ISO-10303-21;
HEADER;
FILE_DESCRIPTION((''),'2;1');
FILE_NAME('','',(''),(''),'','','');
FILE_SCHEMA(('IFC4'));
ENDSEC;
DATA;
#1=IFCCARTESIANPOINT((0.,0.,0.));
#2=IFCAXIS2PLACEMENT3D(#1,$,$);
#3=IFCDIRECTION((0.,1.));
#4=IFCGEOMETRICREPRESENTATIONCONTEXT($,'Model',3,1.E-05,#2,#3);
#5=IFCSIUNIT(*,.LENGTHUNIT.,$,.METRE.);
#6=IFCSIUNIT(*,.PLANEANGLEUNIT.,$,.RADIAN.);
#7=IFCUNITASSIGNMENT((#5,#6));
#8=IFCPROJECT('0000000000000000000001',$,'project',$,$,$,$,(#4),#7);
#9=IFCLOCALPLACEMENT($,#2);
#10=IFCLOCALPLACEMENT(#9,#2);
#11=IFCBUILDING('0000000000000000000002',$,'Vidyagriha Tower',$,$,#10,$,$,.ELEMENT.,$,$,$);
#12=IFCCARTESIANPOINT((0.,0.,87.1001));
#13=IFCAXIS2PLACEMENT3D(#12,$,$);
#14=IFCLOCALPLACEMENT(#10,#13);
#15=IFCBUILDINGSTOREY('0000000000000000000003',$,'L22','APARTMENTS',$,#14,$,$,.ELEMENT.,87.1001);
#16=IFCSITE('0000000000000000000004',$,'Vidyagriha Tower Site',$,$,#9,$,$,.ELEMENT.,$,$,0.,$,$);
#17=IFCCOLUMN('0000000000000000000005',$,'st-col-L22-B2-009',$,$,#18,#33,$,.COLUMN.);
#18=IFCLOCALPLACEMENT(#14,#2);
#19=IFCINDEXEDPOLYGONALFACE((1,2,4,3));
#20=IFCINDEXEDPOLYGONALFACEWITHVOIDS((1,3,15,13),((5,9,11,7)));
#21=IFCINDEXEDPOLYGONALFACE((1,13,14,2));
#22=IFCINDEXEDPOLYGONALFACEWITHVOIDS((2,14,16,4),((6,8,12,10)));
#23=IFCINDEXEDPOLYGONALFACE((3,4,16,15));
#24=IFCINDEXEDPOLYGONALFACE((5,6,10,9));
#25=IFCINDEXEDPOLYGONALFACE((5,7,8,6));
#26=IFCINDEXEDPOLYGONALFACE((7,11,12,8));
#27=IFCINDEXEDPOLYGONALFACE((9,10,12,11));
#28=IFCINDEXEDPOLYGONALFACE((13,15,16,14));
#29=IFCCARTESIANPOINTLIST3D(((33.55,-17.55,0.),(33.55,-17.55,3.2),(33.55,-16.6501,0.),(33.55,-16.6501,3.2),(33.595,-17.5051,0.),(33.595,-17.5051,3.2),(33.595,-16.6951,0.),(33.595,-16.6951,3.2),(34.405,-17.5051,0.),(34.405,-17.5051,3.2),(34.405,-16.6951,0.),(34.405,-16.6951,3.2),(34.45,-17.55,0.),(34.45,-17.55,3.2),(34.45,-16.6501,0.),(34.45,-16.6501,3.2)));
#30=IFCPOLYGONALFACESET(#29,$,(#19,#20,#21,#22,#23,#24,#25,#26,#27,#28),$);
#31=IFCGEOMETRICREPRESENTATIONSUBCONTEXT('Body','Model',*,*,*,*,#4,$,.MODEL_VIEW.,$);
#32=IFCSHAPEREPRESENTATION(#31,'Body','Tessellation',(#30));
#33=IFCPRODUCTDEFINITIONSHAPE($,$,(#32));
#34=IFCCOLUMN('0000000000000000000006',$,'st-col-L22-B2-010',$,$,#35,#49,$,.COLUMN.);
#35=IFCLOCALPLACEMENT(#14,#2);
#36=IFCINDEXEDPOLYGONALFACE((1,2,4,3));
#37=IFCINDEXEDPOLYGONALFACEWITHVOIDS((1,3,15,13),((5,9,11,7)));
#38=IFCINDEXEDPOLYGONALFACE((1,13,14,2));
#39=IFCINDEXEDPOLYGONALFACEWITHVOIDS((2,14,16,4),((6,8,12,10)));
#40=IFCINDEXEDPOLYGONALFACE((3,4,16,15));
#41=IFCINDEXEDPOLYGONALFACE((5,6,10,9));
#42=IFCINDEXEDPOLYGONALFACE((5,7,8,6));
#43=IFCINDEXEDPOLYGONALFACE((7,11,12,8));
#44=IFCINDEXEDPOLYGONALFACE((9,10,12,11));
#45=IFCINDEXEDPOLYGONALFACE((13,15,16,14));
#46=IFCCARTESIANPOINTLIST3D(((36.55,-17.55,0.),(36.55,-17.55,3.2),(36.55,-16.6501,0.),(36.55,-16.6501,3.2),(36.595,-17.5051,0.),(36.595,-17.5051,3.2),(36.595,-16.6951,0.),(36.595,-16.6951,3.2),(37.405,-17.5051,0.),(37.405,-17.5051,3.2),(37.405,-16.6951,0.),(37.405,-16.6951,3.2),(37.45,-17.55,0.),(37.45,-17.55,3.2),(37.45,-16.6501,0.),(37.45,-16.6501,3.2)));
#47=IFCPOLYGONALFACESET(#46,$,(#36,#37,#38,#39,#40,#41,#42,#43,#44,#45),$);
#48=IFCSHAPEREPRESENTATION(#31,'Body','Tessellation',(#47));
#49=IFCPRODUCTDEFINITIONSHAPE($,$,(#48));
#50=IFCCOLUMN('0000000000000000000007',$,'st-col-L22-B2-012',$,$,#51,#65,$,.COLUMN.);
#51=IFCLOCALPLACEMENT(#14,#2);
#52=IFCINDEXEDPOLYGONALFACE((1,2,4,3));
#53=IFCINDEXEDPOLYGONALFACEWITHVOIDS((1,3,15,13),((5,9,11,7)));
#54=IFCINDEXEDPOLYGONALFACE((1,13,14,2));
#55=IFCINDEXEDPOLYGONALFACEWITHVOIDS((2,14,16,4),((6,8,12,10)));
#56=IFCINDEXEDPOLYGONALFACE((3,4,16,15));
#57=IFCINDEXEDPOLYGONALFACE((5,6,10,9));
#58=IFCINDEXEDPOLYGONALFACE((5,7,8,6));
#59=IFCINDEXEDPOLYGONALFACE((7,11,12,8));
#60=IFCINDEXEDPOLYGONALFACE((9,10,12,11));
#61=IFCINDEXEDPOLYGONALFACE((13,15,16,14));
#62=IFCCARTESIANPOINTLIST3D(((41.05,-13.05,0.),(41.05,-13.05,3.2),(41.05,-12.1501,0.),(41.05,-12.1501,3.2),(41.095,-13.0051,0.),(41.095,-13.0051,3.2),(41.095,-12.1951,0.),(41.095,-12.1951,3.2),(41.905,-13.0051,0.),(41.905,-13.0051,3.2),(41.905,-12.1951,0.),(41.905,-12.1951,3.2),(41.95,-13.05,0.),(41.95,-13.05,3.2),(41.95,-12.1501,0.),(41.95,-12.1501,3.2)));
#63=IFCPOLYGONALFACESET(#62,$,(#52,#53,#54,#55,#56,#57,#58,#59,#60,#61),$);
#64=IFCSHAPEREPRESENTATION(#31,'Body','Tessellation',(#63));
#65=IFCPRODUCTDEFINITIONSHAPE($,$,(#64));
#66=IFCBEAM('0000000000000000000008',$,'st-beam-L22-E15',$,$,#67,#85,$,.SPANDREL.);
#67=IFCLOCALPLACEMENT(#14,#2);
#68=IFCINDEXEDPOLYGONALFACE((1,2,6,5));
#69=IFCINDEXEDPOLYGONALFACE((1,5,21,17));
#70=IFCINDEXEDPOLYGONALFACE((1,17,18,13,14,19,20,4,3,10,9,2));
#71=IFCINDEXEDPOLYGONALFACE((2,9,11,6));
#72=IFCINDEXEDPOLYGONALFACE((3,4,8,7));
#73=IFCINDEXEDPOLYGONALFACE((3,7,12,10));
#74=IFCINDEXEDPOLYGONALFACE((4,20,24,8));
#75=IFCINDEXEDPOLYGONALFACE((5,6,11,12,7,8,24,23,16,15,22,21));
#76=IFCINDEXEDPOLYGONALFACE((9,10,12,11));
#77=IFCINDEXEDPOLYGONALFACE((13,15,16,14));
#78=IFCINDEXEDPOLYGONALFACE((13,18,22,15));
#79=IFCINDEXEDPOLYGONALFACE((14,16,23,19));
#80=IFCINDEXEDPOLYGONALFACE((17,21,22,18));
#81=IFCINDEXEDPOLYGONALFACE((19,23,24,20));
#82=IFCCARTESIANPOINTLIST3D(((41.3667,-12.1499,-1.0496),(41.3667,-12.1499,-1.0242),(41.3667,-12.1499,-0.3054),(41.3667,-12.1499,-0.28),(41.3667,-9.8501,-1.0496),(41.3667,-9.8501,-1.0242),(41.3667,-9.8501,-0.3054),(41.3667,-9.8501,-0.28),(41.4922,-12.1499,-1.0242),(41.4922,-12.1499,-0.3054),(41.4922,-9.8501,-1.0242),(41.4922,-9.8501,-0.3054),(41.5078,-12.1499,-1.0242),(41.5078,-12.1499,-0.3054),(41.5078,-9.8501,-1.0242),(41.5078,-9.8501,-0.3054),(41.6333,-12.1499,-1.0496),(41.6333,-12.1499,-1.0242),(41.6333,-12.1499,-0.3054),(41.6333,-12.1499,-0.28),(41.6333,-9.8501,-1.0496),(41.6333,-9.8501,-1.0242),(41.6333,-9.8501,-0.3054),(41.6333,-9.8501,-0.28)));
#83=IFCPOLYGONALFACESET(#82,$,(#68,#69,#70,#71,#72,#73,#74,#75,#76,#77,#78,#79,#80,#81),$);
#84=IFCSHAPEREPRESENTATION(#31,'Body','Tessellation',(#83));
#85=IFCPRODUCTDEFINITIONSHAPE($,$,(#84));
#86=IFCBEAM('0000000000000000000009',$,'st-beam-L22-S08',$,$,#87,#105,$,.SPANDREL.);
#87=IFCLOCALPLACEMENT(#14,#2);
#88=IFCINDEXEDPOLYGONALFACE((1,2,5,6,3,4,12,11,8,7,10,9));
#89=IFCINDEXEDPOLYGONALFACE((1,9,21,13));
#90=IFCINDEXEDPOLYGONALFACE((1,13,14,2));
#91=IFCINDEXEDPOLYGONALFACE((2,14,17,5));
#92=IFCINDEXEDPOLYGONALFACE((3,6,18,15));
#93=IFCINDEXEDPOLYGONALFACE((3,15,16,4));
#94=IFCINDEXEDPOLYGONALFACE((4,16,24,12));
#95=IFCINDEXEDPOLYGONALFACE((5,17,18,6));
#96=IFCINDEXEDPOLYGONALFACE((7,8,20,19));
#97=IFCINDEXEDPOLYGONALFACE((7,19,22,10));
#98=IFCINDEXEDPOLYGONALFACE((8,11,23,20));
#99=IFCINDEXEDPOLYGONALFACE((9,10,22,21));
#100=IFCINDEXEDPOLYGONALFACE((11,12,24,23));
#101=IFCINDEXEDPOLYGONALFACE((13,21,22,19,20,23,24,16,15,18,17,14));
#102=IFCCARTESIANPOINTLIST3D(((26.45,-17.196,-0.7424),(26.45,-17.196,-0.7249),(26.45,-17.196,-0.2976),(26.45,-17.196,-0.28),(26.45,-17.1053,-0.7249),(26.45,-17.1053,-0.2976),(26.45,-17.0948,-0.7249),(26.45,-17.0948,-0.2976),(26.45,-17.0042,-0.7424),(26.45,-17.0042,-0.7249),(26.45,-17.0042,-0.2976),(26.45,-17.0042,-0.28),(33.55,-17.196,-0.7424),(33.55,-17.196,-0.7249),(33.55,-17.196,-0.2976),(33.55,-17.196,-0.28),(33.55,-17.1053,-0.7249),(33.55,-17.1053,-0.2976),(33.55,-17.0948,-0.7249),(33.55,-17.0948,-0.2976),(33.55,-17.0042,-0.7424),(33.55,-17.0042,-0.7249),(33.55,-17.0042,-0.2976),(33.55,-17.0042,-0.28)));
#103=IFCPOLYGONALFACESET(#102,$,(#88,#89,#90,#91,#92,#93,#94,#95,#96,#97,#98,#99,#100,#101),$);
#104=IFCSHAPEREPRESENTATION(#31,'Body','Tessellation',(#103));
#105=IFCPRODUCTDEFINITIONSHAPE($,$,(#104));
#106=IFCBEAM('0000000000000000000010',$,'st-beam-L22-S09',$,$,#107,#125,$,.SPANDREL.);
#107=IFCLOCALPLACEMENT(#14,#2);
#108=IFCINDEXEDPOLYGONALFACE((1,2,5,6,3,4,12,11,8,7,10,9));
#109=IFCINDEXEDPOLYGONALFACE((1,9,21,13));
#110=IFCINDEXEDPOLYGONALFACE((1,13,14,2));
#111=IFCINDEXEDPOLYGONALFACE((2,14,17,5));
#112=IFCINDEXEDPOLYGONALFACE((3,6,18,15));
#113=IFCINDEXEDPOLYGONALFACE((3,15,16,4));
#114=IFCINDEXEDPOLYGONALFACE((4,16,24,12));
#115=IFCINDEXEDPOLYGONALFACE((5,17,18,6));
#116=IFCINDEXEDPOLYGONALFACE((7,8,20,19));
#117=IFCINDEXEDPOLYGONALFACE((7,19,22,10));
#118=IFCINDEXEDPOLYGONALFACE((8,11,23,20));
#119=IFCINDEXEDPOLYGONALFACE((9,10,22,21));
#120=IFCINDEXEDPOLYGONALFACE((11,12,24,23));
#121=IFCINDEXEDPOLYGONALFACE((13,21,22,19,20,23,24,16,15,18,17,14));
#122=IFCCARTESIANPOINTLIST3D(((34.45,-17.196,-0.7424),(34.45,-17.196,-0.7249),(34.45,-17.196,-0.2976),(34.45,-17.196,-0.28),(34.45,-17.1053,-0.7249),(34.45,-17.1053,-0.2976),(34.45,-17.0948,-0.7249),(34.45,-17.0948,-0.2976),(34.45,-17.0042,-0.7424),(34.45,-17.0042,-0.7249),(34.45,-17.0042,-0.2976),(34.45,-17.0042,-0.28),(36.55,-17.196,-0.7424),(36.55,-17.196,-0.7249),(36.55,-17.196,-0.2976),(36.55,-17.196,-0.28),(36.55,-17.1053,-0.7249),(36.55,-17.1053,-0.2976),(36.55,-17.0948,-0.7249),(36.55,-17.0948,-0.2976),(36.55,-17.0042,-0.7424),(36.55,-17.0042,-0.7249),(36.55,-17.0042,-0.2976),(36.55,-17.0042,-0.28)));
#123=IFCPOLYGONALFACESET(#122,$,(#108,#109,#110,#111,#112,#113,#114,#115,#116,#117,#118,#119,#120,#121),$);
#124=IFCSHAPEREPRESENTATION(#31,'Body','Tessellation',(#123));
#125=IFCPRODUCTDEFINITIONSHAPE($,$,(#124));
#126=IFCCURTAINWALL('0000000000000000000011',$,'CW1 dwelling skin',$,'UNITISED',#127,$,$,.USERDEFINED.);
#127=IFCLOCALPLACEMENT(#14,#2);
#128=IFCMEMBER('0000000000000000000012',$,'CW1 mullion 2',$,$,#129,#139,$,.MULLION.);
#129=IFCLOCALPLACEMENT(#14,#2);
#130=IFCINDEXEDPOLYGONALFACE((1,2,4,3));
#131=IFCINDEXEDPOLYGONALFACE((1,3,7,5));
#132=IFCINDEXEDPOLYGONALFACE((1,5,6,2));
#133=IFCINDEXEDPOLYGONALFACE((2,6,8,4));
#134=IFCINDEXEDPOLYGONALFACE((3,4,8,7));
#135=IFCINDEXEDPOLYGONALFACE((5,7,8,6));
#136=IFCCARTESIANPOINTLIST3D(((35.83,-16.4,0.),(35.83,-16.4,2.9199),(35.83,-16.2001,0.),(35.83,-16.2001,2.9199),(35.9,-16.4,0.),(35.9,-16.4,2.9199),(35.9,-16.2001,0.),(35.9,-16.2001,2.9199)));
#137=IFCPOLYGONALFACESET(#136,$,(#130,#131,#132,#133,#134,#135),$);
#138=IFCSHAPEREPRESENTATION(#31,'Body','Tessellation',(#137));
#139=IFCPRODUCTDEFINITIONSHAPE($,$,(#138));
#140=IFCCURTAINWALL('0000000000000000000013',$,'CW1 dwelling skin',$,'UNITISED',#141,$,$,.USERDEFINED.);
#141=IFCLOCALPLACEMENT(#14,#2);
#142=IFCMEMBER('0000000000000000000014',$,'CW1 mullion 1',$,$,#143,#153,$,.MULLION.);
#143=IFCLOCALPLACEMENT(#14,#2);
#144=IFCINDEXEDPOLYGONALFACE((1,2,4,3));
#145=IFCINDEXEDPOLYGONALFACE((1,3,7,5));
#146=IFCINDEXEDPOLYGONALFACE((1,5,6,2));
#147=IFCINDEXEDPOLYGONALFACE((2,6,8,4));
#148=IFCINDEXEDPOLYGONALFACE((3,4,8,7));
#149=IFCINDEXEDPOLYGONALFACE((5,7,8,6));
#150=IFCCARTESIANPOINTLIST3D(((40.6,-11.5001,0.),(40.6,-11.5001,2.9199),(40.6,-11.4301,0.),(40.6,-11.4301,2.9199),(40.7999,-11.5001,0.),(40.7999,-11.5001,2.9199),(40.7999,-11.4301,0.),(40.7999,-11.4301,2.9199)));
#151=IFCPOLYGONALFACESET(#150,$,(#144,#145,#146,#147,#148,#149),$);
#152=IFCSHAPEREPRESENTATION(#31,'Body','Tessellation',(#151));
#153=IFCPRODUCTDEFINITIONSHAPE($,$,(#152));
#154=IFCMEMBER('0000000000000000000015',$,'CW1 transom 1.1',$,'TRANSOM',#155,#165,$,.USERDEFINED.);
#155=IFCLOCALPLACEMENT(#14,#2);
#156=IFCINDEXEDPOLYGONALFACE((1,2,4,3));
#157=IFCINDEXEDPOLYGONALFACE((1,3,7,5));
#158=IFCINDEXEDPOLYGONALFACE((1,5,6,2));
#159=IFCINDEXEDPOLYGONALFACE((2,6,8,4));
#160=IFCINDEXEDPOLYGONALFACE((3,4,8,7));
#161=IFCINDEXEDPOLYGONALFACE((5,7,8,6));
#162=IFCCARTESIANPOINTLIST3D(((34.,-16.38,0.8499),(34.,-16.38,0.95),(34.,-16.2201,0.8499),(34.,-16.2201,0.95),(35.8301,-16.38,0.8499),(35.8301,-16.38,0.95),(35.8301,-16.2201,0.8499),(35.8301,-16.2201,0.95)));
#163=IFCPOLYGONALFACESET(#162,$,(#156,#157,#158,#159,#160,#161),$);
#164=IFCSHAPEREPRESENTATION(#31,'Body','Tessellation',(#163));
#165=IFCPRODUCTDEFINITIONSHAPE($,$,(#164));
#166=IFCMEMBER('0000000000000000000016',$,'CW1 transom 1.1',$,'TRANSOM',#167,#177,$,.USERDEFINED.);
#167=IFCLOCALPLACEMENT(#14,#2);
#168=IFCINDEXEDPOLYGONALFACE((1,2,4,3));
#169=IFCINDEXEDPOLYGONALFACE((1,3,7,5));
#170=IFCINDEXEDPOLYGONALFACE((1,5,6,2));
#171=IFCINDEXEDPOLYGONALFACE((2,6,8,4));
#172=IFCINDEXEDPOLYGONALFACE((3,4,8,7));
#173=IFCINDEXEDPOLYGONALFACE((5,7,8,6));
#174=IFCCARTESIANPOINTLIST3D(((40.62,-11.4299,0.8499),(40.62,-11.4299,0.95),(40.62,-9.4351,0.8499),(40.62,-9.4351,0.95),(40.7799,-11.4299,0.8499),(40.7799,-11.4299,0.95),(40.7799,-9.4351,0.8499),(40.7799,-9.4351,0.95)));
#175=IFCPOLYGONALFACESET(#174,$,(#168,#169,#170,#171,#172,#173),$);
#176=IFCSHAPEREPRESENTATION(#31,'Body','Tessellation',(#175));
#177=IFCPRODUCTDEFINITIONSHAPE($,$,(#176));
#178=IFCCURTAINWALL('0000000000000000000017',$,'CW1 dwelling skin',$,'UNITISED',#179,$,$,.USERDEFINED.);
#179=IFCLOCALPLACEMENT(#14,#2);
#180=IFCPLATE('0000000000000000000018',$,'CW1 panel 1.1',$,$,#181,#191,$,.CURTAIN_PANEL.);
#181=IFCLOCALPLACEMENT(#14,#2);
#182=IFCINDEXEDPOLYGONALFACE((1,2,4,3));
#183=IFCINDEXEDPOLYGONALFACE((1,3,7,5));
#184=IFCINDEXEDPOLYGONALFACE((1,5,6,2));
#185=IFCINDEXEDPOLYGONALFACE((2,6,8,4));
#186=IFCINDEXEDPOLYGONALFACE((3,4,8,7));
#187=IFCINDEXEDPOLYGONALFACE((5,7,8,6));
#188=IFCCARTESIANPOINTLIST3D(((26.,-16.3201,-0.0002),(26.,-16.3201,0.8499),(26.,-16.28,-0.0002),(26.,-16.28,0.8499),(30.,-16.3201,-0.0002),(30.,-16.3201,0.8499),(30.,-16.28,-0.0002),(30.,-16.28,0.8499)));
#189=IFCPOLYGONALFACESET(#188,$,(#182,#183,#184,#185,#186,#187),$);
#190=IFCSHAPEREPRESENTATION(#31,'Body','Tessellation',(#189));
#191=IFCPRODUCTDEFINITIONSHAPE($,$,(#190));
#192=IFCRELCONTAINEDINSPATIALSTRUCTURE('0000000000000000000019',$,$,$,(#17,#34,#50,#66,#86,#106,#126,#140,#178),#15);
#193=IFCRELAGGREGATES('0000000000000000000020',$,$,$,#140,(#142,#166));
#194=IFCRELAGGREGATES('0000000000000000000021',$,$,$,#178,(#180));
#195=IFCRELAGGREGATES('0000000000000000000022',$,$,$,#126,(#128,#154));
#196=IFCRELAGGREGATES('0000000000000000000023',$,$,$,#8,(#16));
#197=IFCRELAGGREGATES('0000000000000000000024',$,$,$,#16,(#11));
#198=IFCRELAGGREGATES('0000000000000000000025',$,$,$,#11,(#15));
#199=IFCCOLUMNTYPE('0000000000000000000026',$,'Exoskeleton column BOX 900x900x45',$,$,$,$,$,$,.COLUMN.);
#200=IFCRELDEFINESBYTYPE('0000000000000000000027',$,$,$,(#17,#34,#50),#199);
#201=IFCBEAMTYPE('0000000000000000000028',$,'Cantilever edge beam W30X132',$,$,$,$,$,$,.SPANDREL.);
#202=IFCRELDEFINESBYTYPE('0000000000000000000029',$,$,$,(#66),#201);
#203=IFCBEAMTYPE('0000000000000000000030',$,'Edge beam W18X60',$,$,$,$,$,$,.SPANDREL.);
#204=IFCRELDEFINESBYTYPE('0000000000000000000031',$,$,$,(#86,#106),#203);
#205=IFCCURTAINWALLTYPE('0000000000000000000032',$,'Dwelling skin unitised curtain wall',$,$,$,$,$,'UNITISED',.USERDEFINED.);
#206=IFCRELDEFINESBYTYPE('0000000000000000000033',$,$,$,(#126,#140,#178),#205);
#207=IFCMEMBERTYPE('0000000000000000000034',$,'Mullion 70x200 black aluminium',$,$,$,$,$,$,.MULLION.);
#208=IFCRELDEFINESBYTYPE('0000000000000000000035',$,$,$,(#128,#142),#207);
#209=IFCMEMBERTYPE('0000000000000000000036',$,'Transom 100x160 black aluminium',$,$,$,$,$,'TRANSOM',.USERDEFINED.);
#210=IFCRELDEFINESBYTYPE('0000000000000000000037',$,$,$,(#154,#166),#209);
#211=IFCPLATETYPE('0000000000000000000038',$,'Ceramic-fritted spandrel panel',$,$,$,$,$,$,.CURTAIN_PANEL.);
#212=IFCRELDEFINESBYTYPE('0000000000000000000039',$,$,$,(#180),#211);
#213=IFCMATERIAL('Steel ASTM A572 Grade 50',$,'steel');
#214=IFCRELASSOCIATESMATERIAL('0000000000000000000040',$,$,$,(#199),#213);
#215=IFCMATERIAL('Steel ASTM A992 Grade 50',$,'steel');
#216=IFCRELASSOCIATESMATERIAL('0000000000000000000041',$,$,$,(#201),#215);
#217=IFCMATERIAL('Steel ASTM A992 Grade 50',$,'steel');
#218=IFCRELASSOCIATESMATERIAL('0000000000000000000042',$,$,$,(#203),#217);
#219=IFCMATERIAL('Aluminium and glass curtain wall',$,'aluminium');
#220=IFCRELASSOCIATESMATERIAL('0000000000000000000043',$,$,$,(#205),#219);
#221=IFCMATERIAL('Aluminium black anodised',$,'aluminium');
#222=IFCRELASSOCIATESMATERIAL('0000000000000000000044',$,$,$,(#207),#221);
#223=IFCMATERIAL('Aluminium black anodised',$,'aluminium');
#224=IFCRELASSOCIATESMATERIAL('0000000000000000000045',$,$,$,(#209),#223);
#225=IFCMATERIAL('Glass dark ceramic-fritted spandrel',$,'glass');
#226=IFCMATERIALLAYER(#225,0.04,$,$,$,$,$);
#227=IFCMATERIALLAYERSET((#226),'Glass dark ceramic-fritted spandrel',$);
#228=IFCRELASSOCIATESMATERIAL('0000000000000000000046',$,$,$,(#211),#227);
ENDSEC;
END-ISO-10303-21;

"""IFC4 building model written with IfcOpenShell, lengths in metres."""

from ifc_helpers import new_model, si_unit, direction, frame, origin, origin_2d, place, context, subcontext, project, spatial, rectangle, hollow_rectangle, i_section, extrude, material, layer, layer_set, material_profile, profile_set, type_object, element, aggregate, save


model = new_model("IFC4")

# Units and contexts
model_context = context("Model", 3, precision=1e-05, world=origin(), true_north=direction((0.0, 1.0)))
body_context = subcontext(model_context, "Body", "Model", "MODEL_VIEW")
ifc_project = project(units=[si_unit("LENGTHUNIT", "METRE"), si_unit("PLANEANGLEUNIT", "RADIAN")], contexts=[model_context])

# Site, building, storey
site_placement = place(None, origin())
site = spatial("IfcSite", under=ifc_project, at=site_placement, Name="Vidyagriha Tower Site", CompositionType="ELEMENT", RefElevation=0.0)
building_placement = place(site_placement, origin())
building = spatial("IfcBuilding", under=site, at=building_placement, Name="Vidyagriha Tower", CompositionType="ELEMENT")
storey_placement = place(building_placement, frame((0.0, 0.0, 87.1001)))
storey = spatial("IfcBuildingStorey", under=building, at=storey_placement, Name="L22", Description="APARTMENTS", CompositionType="ELEMENT", Elevation=87.1001)

# Columns
ifc_material_1 = material(Name="Steel ASTM A572 Grade 50", Category="steel")
ifc_material_profile_1 = material_profile(ifc_material_1, hollow_rectangle(XDim=0.8999, YDim=0.8999, WallThickness=0.0449, at=origin_2d()), Name="BOX 900x900x45")
ifc_profile_set_1 = profile_set([ifc_material_profile_1], Name="Steel ASTM A572 Grade 50")
column_type = type_object("IfcColumnType", Name="Exoskeleton column BOX 900x900x45", PredefinedType="COLUMN", material=ifc_profile_set_1)
for number, where, name in (
    (1, (34.0, -17.1001, 0.0), "st-col-L22-B2-009"),
    (2, (37.0, -17.1001, 0.0), "st-col-L22-B2-010"),
    (3, (41.5, -12.6001, 0.0), "st-col-L22-B2-012"),
):
    element("IfcColumn", number, at=place(storey_placement, frame(where)), inside=storey, type_object=column_type, Name=name, PredefinedType="COLUMN", context=body_context, shape_type="SweptSolid", body=[
        extrude(hollow_rectangle(XDim=0.8999, YDim=0.8999, WallThickness=0.0449, at=origin_2d()), origin(), (0.0, 0.0, 1.0), 3.2),
    ])

# Beams
ifc_material_2 = material(Name="Steel ASTM A992 Grade 50", Category="steel")
ifc_material_profile_2 = material_profile(ifc_material_2, i_section(OverallWidth=0.2666, OverallDepth=0.7695, WebThickness=0.0156, FlangeThickness=0.0254, at=origin_2d()), Name="W30X132")
ifc_profile_set_2 = profile_set([ifc_material_profile_2], Name="Steel ASTM A992 Grade 50")
beam_type_1 = type_object("IfcBeamType", Name="Cantilever edge beam W30X132", PredefinedType="SPANDREL", material=ifc_profile_set_2)
beam_1_placement = place(storey_placement, frame((41.5, -12.1499, -0.6648), z_axis=(0.0, 1.0, 0.0), x_axis=(-1.0, 0.0, 0.0)))
element("IfcBeam", 4, at=beam_1_placement, inside=storey, type_object=beam_type_1, Name="st-beam-L22-E15", PredefinedType="SPANDREL", context=body_context, shape_type="SweptSolid", body=[
    extrude(i_section(OverallWidth=0.2666, OverallDepth=0.7695, WebThickness=0.0156, FlangeThickness=0.0254, at=origin_2d()), origin(), (0.0, 0.0, 1.0), 2.2998),
])
ifc_material_3 = material(Name="Steel ASTM A992 Grade 50", Category="steel")
ifc_material_profile_3 = material_profile(ifc_material_3, i_section(OverallWidth=0.1919, OverallDepth=0.4624, WebThickness=0.0105, FlangeThickness=0.0176, at=origin_2d()), Name="W18X60")
ifc_profile_set_3 = profile_set([ifc_material_profile_3], Name="Steel ASTM A992 Grade 50")
beam_type_2 = type_object("IfcBeamType", Name="Edge beam W18X60", PredefinedType="SPANDREL", material=ifc_profile_set_3)
beam_2_placement = place(storey_placement, frame((26.45, -17.1001, -0.5112), z_axis=(1.0, 0.0, 0.0), x_axis=(0.0, 1.0, 0.0)))
element("IfcBeam", 5, at=beam_2_placement, inside=storey, type_object=beam_type_2, Name="st-beam-L22-S08", PredefinedType="SPANDREL", context=body_context, shape_type="SweptSolid", body=[
    extrude(i_section(OverallWidth=0.1919, OverallDepth=0.4624, WebThickness=0.0105, FlangeThickness=0.0176, at=origin_2d()), origin(), (0.0, 0.0, 1.0), 7.1001),
])
beam_3_placement = place(storey_placement, frame((34.45, -17.1001, -0.5112), z_axis=(1.0, 0.0, 0.0), x_axis=(0.0, 1.0, 0.0)))
element("IfcBeam", 6, at=beam_3_placement, inside=storey, type_object=beam_type_2, Name="st-beam-L22-S09", PredefinedType="SPANDREL", context=body_context, shape_type="SweptSolid", body=[
    extrude(i_section(OverallWidth=0.1919, OverallDepth=0.4624, WebThickness=0.0105, FlangeThickness=0.0176, at=origin_2d()), origin(), (0.0, 0.0, 1.0), 2.1001),
])

# Curtain walls, members
ifc_material_4 = material(Name="Aluminium and glass curtain wall", Category="aluminium")
curtain_wall_type = type_object("IfcCurtainWallType", Name="Dwelling skin unitised curtain wall", ElementType="UNITISED", PredefinedType="USERDEFINED", material=ifc_material_4)
curtain_wall_1_placement = place(storey_placement, origin())
curtain_wall_1 = element("IfcCurtainWall", 7, at=curtain_wall_1_placement, inside=storey, type_object=curtain_wall_type, Name="CW1 dwelling skin", ObjectType="UNITISED", PredefinedType="USERDEFINED")
ifc_material_5 = material(Name="Aluminium black anodised", Category="aluminium")
ifc_material_profile_4 = material_profile(ifc_material_5, rectangle(XDim=0.2, YDim=0.0701, at=origin_2d()), Name="Mullion 70x200 black aluminium")
ifc_profile_set_4 = profile_set([ifc_material_profile_4], Name="Aluminium black anodised")
member_type_1 = type_object("IfcMemberType", Name="Mullion 70x200 black aluminium", PredefinedType="MULLION", material=ifc_profile_set_4)
member_1_placement = place(storey_placement, frame((35.865, -16.3, 0.0), z_axis=(0.0, 0.0, 1.0), x_axis=(0.0, 1.0, 0.0)))
member_1 = element("IfcMember", 8, at=member_1_placement, type_object=member_type_1, Name="CW1 mullion 2", PredefinedType="MULLION", context=body_context, shape_type="SweptSolid", body=[
    extrude(rectangle(XDim=0.2, YDim=0.0701, at=origin_2d()), origin(), (0.0, 0.0, 1.0), 2.9199),
])
curtain_wall_2_placement = place(storey_placement, origin())
curtain_wall_2 = element("IfcCurtainWall", 9, at=curtain_wall_2_placement, inside=storey, type_object=curtain_wall_type, Name="CW1 dwelling skin", ObjectType="UNITISED", PredefinedType="USERDEFINED")
member_2_placement = place(storey_placement, frame((40.7, -11.4651, 0.0), z_axis=(0.0, 0.0, 1.0), x_axis=(-1.0, 0.0, 0.0)))
member_2 = element("IfcMember", 10, at=member_2_placement, type_object=member_type_1, Name="CW1 mullion 1", PredefinedType="MULLION", context=body_context, shape_type="SweptSolid", body=[
    extrude(rectangle(XDim=0.2, YDim=0.0701, at=origin_2d()), origin(), (0.0, 0.0, 1.0), 2.9199),
])

# Members
ifc_material_6 = material(Name="Aluminium black anodised", Category="aluminium")
ifc_material_profile_5 = material_profile(ifc_material_6, rectangle(XDim=0.1599, YDim=0.1001, at=origin_2d()), Name="Transom 100x160 black aluminium")
ifc_profile_set_5 = profile_set([ifc_material_profile_5], Name="Aluminium black anodised")
member_type_2 = type_object("IfcMemberType", Name="Transom 100x160 black aluminium", ElementType="TRANSOM", PredefinedType="USERDEFINED", material=ifc_profile_set_5)
member_3_placement = place(storey_placement, frame((34.0, -16.3, 0.8999), z_axis=(1.0, 0.0, 0.0), x_axis=(0.0, 1.0, 0.0)))
member_3 = element("IfcMember", 11, at=member_3_placement, type_object=member_type_2, Name="CW1 transom 1.1", ObjectType="TRANSOM", PredefinedType="USERDEFINED", context=body_context, shape_type="SweptSolid", body=[
    extrude(rectangle(XDim=0.1599, YDim=0.1001, at=origin_2d()), origin(), (0.0, 0.0, 1.0), 1.8301),
])
member_4_placement = place(storey_placement, frame((40.7, -11.4299, 0.8999), z_axis=(0.0, 1.0, 0.0), x_axis=(-1.0, 0.0, 0.0)))
member_4 = element("IfcMember", 12, at=member_4_placement, type_object=member_type_2, Name="CW1 transom 1.1", ObjectType="TRANSOM", PredefinedType="USERDEFINED", context=body_context, shape_type="SweptSolid", body=[
    extrude(rectangle(XDim=0.1599, YDim=0.1001, at=origin_2d()), origin(), (0.0, 0.0, 1.0), 1.9949),
])
aggregate(curtain_wall_2, [member_2, member_4])

# Curtain wall, plate
curtain_wall_3_placement = place(storey_placement, origin())
curtain_wall_3 = element("IfcCurtainWall", 13, at=curtain_wall_3_placement, inside=storey, type_object=curtain_wall_type, Name="CW1 dwelling skin", ObjectType="UNITISED", PredefinedType="USERDEFINED")
ifc_material_7 = material(Name="Glass dark ceramic-fritted spandrel", Category="glass")
ifc_layer_1 = layer(ifc_material_7, 0.04)
ifc_layer_set_1 = layer_set([ifc_layer_1], Name="Glass dark ceramic-fritted spandrel")
plate_type_1 = type_object("IfcPlateType", Name="Ceramic-fritted spandrel panel", PredefinedType="CURTAIN_PANEL", material=ifc_layer_set_1)
plate_1_placement = place(storey_placement, frame((28.0, -16.3, -0.0002)))
plate_1 = element("IfcPlate", 14, at=plate_1_placement, type_object=plate_type_1, Name="CW1 panel 1.1", PredefinedType="CURTAIN_PANEL", context=body_context, shape_type="SweptSolid", body=[
    extrude(rectangle(XDim=4.0, YDim=0.04, at=origin_2d()), origin(), (0.0, 0.0, 1.0), 0.8501),
])
aggregate(curtain_wall_3, [plate_1])

aggregate(curtain_wall_1, [member_1, member_3])

save(model, "model.ifc")
